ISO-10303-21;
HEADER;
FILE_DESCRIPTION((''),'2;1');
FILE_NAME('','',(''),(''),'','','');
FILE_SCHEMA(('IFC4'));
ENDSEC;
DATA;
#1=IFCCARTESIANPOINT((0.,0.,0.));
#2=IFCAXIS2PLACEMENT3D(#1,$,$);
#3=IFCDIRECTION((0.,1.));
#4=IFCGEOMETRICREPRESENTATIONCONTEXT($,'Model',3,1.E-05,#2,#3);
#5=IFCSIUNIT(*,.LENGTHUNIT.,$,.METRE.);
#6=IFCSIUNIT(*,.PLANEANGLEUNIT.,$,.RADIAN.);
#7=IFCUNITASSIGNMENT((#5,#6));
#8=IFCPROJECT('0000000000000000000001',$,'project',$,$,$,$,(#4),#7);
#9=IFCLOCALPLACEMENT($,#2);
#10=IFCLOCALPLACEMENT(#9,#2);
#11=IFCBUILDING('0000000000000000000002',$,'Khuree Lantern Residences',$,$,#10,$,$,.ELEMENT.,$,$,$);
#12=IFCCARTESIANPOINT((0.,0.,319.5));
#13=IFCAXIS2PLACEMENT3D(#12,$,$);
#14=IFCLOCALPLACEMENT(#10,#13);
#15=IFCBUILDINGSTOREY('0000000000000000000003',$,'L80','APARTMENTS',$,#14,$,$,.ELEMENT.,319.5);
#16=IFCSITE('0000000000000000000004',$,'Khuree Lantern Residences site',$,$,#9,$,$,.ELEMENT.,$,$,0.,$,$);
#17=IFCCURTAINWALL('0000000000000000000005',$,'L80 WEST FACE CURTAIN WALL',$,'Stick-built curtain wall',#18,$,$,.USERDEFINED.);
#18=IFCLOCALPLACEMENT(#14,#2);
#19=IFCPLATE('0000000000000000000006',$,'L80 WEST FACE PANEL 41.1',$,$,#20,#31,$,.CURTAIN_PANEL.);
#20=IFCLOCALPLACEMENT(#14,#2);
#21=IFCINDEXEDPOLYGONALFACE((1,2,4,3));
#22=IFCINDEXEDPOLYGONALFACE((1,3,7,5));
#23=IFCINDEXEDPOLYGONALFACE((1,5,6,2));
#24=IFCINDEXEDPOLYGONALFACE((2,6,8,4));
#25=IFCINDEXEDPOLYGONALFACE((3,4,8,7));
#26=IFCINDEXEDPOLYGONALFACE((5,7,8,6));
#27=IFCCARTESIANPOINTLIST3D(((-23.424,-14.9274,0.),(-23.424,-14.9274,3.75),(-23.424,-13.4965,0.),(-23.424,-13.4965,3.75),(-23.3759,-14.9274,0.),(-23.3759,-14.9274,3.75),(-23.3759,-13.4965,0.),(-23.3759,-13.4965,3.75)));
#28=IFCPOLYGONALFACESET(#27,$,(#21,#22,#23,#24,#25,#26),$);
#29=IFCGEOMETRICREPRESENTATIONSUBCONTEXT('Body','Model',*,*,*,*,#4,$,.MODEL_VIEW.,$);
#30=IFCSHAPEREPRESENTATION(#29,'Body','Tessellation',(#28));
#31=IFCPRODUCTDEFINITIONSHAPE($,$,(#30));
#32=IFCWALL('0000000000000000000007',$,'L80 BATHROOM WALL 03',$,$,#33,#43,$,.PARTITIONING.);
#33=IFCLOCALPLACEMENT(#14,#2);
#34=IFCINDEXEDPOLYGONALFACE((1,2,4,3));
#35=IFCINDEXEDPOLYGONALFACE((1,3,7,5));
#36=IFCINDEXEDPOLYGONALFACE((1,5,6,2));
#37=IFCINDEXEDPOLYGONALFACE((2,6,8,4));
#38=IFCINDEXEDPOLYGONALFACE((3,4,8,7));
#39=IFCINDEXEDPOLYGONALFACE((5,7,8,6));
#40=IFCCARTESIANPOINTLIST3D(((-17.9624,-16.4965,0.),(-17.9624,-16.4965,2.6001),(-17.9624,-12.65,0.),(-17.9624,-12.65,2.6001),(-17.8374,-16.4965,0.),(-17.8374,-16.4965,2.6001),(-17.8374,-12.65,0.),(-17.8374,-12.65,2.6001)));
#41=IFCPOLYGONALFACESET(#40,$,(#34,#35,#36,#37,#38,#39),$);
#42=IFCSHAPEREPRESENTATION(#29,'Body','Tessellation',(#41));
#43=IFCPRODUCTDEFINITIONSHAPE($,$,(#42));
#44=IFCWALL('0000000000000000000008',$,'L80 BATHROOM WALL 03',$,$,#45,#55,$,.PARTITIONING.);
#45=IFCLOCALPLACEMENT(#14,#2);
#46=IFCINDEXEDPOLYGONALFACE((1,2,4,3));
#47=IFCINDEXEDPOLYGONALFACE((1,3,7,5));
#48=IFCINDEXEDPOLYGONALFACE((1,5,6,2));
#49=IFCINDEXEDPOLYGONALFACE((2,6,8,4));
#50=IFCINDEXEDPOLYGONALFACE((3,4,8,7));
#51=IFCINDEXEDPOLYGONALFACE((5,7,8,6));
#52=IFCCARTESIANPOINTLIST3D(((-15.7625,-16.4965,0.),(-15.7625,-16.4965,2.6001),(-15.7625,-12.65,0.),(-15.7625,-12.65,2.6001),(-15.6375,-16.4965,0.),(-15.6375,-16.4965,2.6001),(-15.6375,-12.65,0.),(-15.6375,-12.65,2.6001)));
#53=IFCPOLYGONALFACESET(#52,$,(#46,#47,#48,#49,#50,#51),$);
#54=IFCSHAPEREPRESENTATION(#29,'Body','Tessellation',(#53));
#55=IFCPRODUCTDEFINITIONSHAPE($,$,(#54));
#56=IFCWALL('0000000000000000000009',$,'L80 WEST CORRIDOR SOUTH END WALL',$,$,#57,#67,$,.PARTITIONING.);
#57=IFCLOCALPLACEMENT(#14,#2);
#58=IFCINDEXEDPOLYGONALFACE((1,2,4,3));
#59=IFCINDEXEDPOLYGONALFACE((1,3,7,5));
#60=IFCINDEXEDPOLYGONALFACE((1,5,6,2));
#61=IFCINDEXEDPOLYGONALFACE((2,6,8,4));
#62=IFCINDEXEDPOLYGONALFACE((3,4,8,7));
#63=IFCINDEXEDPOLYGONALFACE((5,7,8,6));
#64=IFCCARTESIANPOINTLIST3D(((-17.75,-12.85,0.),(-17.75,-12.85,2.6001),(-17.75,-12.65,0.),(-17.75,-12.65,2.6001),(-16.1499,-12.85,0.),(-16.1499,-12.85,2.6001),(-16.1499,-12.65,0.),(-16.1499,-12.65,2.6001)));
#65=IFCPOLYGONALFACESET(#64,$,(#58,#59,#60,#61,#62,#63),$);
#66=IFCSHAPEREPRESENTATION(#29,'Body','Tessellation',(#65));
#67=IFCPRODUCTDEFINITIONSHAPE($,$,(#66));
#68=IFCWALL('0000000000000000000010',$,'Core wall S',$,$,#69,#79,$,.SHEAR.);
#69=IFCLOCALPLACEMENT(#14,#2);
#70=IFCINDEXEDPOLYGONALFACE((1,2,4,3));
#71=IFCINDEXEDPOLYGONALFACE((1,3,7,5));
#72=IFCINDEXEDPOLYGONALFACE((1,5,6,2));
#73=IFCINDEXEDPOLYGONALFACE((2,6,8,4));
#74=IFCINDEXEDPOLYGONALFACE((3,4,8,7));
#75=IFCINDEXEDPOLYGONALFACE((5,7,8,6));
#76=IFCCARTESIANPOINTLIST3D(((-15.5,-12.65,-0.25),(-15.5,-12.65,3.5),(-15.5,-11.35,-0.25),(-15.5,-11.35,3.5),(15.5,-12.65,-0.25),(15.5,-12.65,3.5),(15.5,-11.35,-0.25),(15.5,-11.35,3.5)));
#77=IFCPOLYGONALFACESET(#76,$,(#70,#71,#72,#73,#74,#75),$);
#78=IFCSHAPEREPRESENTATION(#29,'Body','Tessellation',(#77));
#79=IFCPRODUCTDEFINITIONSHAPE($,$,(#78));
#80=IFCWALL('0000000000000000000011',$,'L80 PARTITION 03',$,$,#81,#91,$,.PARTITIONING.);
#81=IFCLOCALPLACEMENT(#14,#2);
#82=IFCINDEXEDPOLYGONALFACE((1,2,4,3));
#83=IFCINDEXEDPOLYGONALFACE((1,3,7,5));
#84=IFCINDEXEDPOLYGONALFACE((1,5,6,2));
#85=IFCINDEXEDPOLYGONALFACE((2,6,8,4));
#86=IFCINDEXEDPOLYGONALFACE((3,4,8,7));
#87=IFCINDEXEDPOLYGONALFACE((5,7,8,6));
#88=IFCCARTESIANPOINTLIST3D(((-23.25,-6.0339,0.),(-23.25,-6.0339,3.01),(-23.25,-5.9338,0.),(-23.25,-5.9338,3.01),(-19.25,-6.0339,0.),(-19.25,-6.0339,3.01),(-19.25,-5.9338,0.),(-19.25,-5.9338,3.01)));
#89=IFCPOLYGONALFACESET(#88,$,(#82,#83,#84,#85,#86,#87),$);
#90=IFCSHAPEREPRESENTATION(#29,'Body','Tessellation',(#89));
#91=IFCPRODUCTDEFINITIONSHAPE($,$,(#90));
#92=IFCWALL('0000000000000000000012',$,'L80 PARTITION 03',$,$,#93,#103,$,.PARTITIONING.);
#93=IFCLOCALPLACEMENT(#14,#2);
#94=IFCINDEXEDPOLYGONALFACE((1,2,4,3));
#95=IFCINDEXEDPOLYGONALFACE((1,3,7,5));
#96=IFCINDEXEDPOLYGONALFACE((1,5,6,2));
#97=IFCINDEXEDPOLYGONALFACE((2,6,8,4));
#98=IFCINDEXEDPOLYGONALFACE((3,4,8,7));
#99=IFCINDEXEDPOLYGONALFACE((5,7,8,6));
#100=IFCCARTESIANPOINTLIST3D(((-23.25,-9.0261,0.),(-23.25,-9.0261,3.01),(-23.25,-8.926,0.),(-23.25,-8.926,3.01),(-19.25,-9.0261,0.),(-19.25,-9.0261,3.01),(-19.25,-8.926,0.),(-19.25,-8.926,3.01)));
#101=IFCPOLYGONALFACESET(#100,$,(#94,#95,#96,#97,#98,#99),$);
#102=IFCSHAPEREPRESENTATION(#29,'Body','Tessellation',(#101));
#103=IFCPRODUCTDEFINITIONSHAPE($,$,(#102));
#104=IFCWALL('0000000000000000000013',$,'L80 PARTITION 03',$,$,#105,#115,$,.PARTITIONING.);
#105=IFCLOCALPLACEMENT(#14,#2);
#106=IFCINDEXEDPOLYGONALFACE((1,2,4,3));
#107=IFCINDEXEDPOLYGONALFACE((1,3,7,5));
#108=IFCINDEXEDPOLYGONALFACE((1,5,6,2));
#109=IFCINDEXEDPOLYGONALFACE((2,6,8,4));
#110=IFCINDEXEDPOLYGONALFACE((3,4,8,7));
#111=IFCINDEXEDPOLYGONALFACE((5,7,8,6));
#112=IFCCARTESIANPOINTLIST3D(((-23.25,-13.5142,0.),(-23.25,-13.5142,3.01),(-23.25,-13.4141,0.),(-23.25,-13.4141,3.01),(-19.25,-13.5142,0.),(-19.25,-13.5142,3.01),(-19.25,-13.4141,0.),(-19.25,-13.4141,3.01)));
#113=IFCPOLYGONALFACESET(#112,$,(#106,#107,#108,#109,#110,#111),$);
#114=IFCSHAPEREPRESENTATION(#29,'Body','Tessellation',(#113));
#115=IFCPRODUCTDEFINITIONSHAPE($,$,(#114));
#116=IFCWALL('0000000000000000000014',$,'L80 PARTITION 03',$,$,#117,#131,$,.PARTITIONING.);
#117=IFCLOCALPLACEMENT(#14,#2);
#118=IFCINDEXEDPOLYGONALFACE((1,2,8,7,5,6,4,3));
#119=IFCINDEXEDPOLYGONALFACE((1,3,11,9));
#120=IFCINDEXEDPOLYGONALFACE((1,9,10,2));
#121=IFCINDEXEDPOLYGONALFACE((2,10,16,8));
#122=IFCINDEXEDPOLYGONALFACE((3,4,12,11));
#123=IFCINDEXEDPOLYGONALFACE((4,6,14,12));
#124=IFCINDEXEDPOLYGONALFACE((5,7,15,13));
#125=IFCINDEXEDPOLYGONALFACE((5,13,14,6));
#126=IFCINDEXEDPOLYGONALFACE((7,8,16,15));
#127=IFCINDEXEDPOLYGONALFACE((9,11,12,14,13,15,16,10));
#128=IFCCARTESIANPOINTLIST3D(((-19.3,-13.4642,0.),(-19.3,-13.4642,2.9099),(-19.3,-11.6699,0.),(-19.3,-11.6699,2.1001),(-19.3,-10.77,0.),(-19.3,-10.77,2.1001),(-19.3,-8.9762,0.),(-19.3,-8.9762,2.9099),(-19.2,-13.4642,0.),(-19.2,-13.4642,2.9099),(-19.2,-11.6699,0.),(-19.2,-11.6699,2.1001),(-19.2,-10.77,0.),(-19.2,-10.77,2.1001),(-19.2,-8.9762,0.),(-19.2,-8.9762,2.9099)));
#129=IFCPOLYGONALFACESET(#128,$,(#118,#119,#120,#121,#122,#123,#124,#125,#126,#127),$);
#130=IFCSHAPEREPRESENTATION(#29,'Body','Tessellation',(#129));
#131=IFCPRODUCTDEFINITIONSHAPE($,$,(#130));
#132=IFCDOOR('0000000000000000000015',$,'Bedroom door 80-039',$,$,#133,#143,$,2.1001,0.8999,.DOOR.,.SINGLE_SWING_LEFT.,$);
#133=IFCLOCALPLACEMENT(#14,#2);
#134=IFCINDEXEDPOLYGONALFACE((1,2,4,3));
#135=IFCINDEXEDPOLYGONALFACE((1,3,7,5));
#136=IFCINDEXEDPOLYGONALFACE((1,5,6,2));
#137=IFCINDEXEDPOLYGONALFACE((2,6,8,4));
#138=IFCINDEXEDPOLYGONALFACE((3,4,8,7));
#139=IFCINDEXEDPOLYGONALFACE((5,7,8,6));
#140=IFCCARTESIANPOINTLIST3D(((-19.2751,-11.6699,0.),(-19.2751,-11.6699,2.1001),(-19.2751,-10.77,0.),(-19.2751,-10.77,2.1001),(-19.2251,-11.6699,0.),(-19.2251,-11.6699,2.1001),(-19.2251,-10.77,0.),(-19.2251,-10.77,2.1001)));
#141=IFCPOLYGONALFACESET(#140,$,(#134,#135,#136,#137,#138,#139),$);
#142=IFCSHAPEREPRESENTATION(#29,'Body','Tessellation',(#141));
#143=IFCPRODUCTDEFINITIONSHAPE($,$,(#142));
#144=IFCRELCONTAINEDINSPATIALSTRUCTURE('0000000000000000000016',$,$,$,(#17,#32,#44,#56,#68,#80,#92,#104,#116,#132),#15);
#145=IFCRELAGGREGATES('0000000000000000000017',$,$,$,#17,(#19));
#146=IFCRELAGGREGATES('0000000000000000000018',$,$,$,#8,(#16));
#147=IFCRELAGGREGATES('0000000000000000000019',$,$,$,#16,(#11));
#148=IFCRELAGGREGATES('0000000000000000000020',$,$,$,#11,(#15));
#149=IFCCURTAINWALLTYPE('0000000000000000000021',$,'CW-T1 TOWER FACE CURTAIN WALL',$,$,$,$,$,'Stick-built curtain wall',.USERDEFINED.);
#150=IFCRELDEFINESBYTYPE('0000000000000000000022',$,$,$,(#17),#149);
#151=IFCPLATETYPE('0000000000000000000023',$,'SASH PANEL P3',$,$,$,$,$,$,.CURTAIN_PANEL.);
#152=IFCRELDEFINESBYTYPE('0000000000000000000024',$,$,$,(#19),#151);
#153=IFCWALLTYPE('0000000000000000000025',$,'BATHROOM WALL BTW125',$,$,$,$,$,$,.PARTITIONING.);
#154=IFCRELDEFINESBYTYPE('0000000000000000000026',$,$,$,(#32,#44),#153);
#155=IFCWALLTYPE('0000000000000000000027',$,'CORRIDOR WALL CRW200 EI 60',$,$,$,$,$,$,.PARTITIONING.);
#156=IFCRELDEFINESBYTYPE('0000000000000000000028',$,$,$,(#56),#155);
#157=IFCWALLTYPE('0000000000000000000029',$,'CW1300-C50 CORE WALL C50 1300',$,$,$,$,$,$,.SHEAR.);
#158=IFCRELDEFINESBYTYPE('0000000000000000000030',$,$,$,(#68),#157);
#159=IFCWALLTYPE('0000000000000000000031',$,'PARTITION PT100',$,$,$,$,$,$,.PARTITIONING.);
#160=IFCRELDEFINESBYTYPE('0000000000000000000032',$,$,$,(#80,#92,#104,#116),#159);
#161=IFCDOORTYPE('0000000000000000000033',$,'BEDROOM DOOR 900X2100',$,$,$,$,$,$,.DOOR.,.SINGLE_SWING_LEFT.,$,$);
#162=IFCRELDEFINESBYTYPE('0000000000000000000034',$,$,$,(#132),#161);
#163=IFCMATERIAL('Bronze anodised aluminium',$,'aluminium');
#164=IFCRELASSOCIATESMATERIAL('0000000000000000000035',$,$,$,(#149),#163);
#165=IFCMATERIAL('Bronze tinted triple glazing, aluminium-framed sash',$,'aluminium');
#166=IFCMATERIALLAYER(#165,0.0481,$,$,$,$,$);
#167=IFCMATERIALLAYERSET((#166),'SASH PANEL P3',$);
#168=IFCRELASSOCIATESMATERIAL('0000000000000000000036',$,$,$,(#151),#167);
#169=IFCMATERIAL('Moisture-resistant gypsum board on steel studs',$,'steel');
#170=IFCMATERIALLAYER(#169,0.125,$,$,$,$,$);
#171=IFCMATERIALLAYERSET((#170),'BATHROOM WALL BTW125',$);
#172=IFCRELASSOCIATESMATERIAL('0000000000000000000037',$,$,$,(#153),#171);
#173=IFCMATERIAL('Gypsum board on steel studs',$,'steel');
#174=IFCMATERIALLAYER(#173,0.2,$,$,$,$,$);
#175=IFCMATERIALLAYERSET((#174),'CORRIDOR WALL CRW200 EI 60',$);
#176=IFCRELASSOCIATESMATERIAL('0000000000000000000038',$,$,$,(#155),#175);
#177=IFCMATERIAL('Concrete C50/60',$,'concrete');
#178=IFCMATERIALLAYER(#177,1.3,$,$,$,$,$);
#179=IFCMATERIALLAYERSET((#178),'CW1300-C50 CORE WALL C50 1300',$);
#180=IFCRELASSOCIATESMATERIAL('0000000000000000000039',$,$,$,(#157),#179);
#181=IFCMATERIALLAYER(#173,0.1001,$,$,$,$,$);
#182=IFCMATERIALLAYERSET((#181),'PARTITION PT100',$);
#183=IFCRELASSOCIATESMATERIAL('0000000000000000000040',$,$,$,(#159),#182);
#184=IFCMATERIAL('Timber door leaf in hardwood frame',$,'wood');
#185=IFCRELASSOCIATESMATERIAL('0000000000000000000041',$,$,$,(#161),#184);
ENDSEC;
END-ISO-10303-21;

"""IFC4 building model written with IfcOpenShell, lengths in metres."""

from ifc_helpers import new_model, si_unit, direction, frame, frame_2d, origin, origin_2d, place, context, subcontext, project, spatial, rectangle, extrude, material, layer, layer_set, type_object, element, fill, aggregate, save


model = new_model("IFC4")

# Units and contexts
model_context = context("Model", 3, precision=1e-05, world=origin(), true_north=direction((0.0, 1.0)))
body_context = subcontext(model_context, "Body", "Model", "MODEL_VIEW")
ifc_project = project(units=[si_unit("LENGTHUNIT", "METRE"), si_unit("PLANEANGLEUNIT", "RADIAN")], contexts=[model_context])

# Site, building, storey
site_placement = place(None, origin())
site = spatial("IfcSite", under=ifc_project, at=site_placement, Name="Khuree Lantern Residences site", CompositionType="ELEMENT", RefElevation=0.0)
building_placement = place(site_placement, origin())
building = spatial("IfcBuilding", under=site, at=building_placement, Name="Khuree Lantern Residences", CompositionType="ELEMENT")
storey_placement = place(building_placement, frame((0.0, 0.0, 319.5)))
storey = spatial("IfcBuildingStorey", under=building, at=storey_placement, Name="L80", Description="APARTMENTS", CompositionType="ELEMENT", Elevation=319.5)

# Shared definitions
ifc_material_1 = material(Name="Concrete C50/60", Category="concrete")

# Curtain wall
ifc_material_2 = material(Name="Bronze anodised aluminium", Category="aluminium")
curtain_wall_type = type_object("IfcCurtainWallType", Name="CW-T1 TOWER FACE CURTAIN WALL", ElementType="Stick-built curtain wall", PredefinedType="USERDEFINED", material=ifc_material_2)
curtain_wall_placement = place(storey_placement, origin())
curtain_wall = element("IfcCurtainWall", 1, at=curtain_wall_placement, inside=storey, type_object=curtain_wall_type, Name="L80 WEST FACE CURTAIN WALL", ObjectType="Stick-built curtain wall", PredefinedType="USERDEFINED")

# Plate
ifc_material_3 = material(Name="Bronze tinted triple glazing, aluminium-framed sash", Category="aluminium")
ifc_layer_1 = layer(ifc_material_3, 0.0481)
ifc_layer_set_1 = layer_set([ifc_layer_1], Name="SASH PANEL P3")
plate_type_1 = type_object("IfcPlateType", Name="SASH PANEL P3", PredefinedType="CURTAIN_PANEL", material=ifc_layer_set_1)
plate_1_placement = place(storey_placement, frame((-23.3999, -14.2119, 0.0), z_axis=(0.0, 0.0, 1.0), x_axis=(0.0, -1.0, 0.0)))
plate_1 = element("IfcPlate", 2, at=plate_1_placement, type_object=plate_type_1, Name="L80 WEST FACE PANEL 41.1", PredefinedType="CURTAIN_PANEL", context=body_context, shape_type="SweptSolid", body=[
    extrude(rectangle(XDim=1.4309, YDim=0.0481, at=origin_2d()), origin(), (0.0, 0.0, 1.0), 3.75),
])
aggregate(curtain_wall, [plate_1])

# Walls
ifc_material_4 = material(Name="Moisture-resistant gypsum board on steel studs", Category="steel")
ifc_layer_2 = layer(ifc_material_4, 0.125)
ifc_layer_set_2 = layer_set([ifc_layer_2], Name="BATHROOM WALL BTW125")
wall_type_1 = type_object("IfcWallType", Name="BATHROOM WALL BTW125", PredefinedType="PARTITIONING", material=ifc_layer_set_2)
for number, where, z_axis, x_axis, name in (
    (3, (-17.8999, -12.6499, 0.0), (0.0, 0.0, 1.0), (0.0, -1.0, 0.0), "L80 BATHROOM WALL 03"),
    (4, (-15.7, -12.6499, 0.0), (0.0, 0.0, 1.0), (0.0, -1.0, 0.0), "L80 BATHROOM WALL 03"),
):
    element("IfcWall", number, at=place(storey_placement, frame(where, z_axis=z_axis, x_axis=x_axis)), inside=storey, type_object=wall_type_1, Name=name, PredefinedType="PARTITIONING", context=body_context, shape_type="SweptSolid", body=[
        extrude(rectangle(XDim=3.8464, YDim=0.125, at=frame_2d((1.9233, 0.0))), origin(), (0.0, 0.0, 1.0), 2.6001),
    ])
ifc_material_5 = material(Name="Gypsum board on steel studs", Category="steel")
ifc_layer_3 = layer(ifc_material_5, 0.2)
ifc_layer_set_3 = layer_set([ifc_layer_3], Name="CORRIDOR WALL CRW200 EI 60")
wall_type_2 = type_object("IfcWallType", Name="CORRIDOR WALL CRW200 EI 60", PredefinedType="PARTITIONING", material=ifc_layer_set_3)
wall_1_placement = place(storey_placement, frame((-16.1499, -12.75, 0.0), z_axis=(0.0, 0.0, 1.0), x_axis=(-1.0, 0.0, 0.0)))
element("IfcWall", 5, at=wall_1_placement, inside=storey, type_object=wall_type_2, Name="L80 WEST CORRIDOR SOUTH END WALL", PredefinedType="PARTITIONING", context=body_context, shape_type="SweptSolid", body=[
    extrude(rectangle(XDim=1.6001, YDim=0.2, at=frame_2d((0.8, 0.0))), origin(), (0.0, 0.0, 1.0), 2.6001),
])
ifc_layer_4 = layer(ifc_material_1, 1.3)
ifc_layer_set_4 = layer_set([ifc_layer_4], Name="CW1300-C50 CORE WALL C50 1300")
wall_type_3 = type_object("IfcWallType", Name="CW1300-C50 CORE WALL C50 1300", PredefinedType="SHEAR", material=ifc_layer_set_4)
wall_2_placement = place(storey_placement, frame((-15.5, -12.0, -0.25), z_axis=(0.0, 0.0, 1.0), x_axis=(1.0, 0.0, 0.0)))
element("IfcWall", 6, at=wall_2_placement, inside=storey, type_object=wall_type_3, Name="Core wall S", PredefinedType="SHEAR", context=body_context, shape_type="SweptSolid", body=[
    extrude(rectangle(XDim=31.0, YDim=1.3, at=frame_2d((15.5, 0.0))), origin(), (0.0, 0.0, 1.0), 3.75),
])
ifc_layer_5 = layer(ifc_material_5, 0.1001)
ifc_layer_set_5 = layer_set([ifc_layer_5], Name="PARTITION PT100")
wall_type_4 = type_object("IfcWallType", Name="PARTITION PT100", PredefinedType="PARTITIONING", material=ifc_layer_set_5)
for number, where, z_axis, x_axis, name in (
    (7, (-19.25, -5.9839, 0.0), (0.0, 0.0, 1.0), (-1.0, 0.0, 0.0), "L80 PARTITION 03"),
    (8, (-19.25, -8.9761, 0.0), (0.0, 0.0, 1.0), (-1.0, 0.0, 0.0), "L80 PARTITION 03"),
    (9, (-19.25, -13.4641, 0.0), (0.0, 0.0, 1.0), (-1.0, 0.0, 0.0), "L80 PARTITION 03"),
):
    element("IfcWall", number, at=place(storey_placement, frame(where, z_axis=z_axis, x_axis=x_axis)), inside=storey, type_object=wall_type_4, Name=name, PredefinedType="PARTITIONING", context=body_context, shape_type="SweptSolid", body=[
        extrude(rectangle(XDim=4.0, YDim=0.1001, at=frame_2d((2.0, 0.0))), origin(), (0.0, 0.0, 1.0), 3.01),
    ])

# Wall, opening, door
wall_3_placement = place(storey_placement, frame((-19.25, -8.9761, 0.0), z_axis=(0.0, 0.0, 1.0), x_axis=(0.0, -1.0, 0.0)))
wall_3 = element("IfcWall", 10, at=wall_3_placement, inside=storey, type_object=wall_type_4, Name="L80 PARTITION 03", PredefinedType="PARTITIONING", context=body_context, shape_type="SweptSolid", body=[
    extrude(rectangle(XDim=4.488, YDim=0.1001, at=frame_2d((2.2441, 0.0))), origin(), (0.0, 0.0, 1.0), 2.9099),
])
opening_placement = place(wall_3_placement, frame((1.7939, 0.0, 0.0)))
opening = element("IfcOpeningElement", 11, at=opening_placement, cuts=wall_3, PredefinedType="OPENING", context=body_context, shape_type="SweptSolid", body=[
    extrude(rectangle(XDim=0.8999, YDim=2.1001, at=frame_2d((0.45, 1.05))), frame((0.0, 0.0601, 0.0), z_axis=(0.0, -1.0, 0.0), x_axis=(1.0, 0.0, 0.0)), (0.0, 0.0, 1.0), 0.1201),
])
ifc_material_6 = material(Name="Timber door leaf in hardwood frame", Category="wood")
door_type = type_object("IfcDoorType", Name="BEDROOM DOOR 900X2100", OperationType="SINGLE_SWING_LEFT", PredefinedType="DOOR", material=ifc_material_6)
door_placement = place(opening_placement, origin())
door = element("IfcDoor", 12, at=door_placement, inside=storey, type_object=door_type, Name="Bedroom door 80-039", OperationType="SINGLE_SWING_LEFT", OverallHeight=2.1001, OverallWidth=0.8999, PredefinedType="DOOR", context=body_context, shape_type="SweptSolid", body=[
    extrude(rectangle(XDim=0.8999, YDim=2.1001, at=frame_2d((0.45, 1.05))), frame((0.0, 0.0249, 0.0), z_axis=(0.0, -1.0, 0.0), x_axis=(1.0, 0.0, 0.0)), (0.0, 0.0, 1.0), 0.05),
])
fill(opening, door)

save(model, "model.ifc")
